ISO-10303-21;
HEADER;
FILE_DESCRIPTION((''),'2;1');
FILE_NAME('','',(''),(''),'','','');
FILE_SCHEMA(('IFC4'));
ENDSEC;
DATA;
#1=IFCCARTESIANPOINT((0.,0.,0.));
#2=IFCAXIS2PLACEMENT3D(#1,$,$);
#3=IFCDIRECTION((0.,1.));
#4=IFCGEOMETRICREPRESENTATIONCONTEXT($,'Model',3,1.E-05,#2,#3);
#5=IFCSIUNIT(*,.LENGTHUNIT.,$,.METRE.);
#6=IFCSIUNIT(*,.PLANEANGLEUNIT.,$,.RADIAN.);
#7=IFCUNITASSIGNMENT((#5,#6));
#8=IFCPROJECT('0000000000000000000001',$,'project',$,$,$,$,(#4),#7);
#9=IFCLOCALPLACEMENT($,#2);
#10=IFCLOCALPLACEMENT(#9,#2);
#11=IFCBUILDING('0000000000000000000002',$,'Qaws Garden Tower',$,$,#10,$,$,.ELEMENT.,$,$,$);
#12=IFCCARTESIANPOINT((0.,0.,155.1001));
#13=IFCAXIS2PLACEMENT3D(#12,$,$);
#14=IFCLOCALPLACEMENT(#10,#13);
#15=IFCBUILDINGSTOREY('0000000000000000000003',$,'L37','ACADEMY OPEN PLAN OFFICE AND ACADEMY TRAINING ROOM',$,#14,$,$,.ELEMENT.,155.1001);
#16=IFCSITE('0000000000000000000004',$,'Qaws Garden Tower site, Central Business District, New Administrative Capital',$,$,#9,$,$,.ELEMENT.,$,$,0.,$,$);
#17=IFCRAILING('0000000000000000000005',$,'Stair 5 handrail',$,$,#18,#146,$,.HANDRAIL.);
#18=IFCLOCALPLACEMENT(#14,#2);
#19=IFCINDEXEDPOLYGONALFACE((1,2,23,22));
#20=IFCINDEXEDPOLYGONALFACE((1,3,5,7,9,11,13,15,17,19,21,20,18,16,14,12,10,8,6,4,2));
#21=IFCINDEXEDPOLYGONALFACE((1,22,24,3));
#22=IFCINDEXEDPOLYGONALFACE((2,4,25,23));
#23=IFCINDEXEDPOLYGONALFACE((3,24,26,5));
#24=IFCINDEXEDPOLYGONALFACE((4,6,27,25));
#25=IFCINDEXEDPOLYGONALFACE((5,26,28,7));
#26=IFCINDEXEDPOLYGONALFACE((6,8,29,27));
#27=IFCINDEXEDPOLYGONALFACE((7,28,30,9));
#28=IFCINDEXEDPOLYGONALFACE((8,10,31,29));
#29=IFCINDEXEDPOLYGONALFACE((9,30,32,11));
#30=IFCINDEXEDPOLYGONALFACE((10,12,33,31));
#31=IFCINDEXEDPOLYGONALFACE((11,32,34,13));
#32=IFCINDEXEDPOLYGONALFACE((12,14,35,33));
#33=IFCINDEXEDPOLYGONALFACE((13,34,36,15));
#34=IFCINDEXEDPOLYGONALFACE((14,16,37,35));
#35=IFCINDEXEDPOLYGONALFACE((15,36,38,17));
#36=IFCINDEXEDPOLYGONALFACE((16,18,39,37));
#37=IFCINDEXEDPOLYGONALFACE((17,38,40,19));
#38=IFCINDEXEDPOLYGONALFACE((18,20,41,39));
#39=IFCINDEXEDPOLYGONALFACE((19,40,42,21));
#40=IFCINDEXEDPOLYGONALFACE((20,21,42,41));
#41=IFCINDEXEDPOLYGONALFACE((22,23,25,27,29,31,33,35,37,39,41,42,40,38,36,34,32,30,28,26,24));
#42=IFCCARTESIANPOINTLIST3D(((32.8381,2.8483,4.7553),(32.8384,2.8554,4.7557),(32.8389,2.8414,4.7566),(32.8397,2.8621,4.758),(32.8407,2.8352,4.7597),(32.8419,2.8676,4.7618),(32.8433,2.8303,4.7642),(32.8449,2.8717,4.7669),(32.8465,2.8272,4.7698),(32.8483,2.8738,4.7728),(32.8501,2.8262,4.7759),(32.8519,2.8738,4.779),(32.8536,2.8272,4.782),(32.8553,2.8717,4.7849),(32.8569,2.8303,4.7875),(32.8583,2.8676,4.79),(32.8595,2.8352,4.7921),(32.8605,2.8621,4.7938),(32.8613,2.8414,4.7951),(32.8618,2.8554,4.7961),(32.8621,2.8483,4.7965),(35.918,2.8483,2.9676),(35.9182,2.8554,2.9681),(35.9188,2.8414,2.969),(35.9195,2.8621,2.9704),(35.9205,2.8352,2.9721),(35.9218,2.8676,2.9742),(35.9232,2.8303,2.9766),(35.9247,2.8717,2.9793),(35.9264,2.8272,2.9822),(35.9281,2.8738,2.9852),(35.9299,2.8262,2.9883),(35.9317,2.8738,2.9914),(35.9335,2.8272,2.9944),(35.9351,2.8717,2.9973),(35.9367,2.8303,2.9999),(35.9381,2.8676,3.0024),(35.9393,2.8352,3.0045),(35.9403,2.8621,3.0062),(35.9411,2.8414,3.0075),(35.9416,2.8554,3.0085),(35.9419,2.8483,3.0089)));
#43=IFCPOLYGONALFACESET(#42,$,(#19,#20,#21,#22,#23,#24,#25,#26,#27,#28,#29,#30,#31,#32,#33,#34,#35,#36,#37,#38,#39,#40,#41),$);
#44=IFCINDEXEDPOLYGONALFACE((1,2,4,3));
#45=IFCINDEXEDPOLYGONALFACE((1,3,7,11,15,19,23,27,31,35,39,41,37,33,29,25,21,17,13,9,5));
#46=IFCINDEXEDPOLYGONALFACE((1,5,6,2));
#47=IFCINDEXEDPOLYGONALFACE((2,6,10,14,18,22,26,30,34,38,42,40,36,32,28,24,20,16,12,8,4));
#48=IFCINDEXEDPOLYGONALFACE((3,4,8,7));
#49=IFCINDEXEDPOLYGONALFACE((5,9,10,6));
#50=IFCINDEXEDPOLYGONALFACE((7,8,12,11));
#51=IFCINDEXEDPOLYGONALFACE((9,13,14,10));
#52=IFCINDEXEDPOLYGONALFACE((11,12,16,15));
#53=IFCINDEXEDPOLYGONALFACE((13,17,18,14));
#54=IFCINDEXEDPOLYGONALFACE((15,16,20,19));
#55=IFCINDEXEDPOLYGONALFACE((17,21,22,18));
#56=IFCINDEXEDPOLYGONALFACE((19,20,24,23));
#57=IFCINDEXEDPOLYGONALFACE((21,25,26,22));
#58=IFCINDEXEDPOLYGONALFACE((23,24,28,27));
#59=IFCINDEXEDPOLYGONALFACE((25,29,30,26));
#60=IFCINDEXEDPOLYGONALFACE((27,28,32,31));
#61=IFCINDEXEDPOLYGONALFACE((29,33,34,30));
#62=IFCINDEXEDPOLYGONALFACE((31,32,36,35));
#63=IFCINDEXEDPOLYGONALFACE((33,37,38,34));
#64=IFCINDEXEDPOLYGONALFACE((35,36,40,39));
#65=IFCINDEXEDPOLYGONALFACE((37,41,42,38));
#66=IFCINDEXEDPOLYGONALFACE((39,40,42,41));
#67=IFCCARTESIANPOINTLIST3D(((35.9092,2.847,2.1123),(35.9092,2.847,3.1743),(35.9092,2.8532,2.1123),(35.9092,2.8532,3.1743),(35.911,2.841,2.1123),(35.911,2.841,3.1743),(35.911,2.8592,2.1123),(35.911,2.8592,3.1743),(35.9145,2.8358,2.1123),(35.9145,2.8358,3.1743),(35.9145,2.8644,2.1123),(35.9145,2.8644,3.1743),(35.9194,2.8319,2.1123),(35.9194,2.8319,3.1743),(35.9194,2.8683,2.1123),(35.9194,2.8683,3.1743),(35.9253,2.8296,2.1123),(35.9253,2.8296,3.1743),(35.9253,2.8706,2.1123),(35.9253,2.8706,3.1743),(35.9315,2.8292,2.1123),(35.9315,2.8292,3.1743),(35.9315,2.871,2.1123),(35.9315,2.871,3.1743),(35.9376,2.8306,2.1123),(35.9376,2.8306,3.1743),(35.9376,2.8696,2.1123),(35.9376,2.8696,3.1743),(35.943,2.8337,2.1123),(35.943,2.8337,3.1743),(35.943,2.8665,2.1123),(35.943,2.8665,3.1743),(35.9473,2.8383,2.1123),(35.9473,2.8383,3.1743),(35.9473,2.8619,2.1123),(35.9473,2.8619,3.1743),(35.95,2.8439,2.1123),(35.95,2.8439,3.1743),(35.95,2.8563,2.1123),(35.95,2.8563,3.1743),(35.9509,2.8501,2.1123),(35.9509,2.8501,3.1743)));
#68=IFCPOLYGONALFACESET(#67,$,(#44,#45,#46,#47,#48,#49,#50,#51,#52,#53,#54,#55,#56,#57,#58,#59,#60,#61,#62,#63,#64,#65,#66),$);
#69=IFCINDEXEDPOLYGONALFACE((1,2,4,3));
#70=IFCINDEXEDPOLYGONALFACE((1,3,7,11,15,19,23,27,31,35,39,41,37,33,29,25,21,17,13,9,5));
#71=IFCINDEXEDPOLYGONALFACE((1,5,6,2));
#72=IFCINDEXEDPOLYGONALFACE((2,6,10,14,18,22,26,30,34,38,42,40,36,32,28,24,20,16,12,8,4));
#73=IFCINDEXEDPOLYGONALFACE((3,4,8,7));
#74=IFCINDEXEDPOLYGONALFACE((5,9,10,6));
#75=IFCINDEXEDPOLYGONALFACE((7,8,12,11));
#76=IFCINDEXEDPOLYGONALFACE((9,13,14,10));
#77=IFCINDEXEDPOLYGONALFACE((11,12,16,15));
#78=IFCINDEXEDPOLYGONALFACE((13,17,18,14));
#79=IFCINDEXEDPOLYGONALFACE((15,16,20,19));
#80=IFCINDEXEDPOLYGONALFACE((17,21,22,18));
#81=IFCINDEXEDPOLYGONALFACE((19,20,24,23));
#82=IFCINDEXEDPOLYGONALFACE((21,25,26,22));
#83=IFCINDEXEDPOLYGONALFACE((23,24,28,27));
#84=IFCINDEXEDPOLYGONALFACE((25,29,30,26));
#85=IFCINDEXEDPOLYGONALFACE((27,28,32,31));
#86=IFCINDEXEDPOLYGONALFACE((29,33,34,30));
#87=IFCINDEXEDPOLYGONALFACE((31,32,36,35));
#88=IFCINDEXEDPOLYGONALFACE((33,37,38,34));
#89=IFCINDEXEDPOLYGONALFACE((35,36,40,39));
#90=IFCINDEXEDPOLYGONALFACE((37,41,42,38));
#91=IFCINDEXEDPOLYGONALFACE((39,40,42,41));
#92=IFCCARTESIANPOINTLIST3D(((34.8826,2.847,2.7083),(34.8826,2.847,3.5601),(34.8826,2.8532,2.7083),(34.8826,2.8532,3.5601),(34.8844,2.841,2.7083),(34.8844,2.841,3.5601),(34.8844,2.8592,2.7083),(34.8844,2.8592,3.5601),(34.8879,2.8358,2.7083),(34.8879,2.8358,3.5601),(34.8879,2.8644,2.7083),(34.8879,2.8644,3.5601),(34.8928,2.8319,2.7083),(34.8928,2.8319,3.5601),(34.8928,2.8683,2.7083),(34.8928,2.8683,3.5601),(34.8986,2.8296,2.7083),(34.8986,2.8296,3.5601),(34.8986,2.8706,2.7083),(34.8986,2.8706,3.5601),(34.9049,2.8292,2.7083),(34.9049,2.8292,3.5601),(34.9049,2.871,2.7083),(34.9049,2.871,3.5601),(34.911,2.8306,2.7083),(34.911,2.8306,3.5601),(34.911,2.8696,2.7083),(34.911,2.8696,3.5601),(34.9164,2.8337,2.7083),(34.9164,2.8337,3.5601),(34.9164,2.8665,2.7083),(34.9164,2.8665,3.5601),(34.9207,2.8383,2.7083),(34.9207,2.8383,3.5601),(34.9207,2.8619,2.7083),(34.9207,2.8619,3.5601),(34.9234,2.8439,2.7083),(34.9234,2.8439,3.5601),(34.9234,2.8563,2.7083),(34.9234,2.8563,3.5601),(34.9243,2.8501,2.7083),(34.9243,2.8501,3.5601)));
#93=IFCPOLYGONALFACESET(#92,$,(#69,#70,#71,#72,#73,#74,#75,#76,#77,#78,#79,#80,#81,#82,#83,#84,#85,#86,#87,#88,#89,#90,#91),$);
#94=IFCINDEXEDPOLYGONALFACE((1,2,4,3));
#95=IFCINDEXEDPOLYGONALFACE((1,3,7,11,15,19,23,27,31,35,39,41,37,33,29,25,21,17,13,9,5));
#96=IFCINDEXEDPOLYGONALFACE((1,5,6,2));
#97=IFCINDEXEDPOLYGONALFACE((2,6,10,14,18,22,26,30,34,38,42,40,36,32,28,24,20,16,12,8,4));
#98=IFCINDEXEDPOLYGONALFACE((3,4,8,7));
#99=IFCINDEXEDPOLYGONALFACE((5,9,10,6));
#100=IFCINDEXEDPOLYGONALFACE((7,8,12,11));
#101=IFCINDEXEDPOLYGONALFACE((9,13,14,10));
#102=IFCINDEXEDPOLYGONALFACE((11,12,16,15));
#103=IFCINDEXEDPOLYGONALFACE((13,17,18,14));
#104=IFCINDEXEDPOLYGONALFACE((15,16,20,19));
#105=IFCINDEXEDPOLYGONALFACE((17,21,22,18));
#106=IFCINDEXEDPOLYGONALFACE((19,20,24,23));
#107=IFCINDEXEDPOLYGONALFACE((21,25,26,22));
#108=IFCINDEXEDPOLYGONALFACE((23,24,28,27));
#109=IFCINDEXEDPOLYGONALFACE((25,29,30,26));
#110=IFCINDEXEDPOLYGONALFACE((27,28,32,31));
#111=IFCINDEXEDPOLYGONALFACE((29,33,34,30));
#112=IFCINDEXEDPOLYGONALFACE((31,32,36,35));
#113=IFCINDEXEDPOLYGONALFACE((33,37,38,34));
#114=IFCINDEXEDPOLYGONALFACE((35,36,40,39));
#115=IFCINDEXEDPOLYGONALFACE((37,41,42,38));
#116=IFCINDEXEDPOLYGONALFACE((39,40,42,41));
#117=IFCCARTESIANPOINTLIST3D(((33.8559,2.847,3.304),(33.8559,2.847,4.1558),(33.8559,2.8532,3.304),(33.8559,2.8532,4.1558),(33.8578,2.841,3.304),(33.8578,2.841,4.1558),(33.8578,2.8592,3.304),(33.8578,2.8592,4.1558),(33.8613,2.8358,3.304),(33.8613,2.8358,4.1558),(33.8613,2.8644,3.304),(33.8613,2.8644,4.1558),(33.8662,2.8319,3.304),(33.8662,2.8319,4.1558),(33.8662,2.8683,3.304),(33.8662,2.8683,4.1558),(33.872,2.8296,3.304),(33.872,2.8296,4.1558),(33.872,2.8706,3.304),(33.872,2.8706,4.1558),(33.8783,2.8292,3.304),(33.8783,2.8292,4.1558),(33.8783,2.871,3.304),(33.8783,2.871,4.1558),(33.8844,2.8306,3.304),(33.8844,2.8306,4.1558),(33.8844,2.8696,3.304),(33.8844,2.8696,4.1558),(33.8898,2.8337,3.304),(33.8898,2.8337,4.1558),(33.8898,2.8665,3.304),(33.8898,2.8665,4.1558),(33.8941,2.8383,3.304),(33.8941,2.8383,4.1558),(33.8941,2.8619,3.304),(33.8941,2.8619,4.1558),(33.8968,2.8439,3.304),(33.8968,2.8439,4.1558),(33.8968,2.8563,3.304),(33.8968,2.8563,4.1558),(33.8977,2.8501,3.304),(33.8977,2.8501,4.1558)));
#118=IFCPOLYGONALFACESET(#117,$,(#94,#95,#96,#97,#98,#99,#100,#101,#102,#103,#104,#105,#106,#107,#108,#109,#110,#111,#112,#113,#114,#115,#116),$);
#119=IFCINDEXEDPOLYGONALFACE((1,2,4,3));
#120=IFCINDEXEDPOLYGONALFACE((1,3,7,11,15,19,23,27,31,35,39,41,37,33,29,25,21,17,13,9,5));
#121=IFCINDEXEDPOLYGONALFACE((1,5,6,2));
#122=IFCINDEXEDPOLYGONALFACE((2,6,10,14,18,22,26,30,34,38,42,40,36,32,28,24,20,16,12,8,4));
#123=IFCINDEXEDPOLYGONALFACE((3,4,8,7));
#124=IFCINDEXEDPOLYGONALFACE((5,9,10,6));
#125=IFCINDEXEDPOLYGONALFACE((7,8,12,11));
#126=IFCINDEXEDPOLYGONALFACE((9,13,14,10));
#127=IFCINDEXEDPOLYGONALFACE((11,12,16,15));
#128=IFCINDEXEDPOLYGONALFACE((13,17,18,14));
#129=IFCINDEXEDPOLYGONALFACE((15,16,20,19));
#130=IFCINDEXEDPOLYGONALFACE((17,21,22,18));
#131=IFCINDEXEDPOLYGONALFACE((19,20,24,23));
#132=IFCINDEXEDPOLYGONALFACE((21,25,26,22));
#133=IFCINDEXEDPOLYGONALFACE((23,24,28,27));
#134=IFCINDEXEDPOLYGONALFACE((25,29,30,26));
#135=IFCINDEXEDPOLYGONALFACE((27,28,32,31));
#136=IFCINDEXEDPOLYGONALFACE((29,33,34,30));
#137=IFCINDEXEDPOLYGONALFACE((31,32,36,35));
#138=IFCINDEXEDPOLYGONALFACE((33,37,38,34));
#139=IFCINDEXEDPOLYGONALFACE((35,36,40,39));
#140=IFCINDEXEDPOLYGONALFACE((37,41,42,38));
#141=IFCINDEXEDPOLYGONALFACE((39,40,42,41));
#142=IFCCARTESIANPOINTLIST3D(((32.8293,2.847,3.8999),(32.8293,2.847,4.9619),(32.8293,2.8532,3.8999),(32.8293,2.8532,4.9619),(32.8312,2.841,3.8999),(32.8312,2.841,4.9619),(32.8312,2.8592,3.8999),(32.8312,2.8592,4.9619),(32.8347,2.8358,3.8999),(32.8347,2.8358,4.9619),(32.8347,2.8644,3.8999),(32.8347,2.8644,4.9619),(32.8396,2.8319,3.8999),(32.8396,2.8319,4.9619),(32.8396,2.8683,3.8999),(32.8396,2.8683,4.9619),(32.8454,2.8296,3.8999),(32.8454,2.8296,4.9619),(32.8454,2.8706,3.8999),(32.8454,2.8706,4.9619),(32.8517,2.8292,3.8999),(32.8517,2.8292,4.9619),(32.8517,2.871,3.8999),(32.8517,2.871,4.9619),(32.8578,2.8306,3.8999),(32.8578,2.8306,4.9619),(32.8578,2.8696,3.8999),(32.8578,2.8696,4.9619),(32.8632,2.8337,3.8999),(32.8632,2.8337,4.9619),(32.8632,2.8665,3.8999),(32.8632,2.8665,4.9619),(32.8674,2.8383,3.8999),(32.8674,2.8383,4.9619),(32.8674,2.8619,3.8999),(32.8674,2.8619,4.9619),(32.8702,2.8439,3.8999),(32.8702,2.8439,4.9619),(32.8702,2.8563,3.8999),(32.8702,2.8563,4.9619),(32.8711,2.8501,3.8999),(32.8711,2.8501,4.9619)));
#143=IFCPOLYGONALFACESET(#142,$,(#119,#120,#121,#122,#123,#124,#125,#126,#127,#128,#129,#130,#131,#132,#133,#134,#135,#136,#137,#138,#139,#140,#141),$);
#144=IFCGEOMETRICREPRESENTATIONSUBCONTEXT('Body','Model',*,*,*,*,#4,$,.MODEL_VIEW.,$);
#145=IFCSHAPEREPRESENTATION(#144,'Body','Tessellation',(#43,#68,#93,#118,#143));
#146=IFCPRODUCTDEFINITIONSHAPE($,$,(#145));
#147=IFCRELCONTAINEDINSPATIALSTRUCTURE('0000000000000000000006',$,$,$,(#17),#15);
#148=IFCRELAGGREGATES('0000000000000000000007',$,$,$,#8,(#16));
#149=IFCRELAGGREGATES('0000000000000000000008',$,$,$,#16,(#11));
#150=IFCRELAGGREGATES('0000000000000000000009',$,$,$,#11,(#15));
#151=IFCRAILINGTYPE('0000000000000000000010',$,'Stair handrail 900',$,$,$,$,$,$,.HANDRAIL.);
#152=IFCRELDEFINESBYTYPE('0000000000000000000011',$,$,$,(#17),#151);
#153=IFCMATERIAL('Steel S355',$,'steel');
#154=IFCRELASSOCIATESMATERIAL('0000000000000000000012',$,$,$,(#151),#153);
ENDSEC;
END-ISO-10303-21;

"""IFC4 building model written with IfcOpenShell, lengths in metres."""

from ifc_helpers import new_model, si_unit, direction, frame, origin, origin_2d, place, context, subcontext, project, spatial, circle, extrude, material, type_object, element, save


model = new_model("IFC4")

# Units and contexts
model_context = context("Model", 3, precision=1e-05, world=origin(), true_north=direction((0.0, 1.0)))
body_context = subcontext(model_context, "Body", "Model", "MODEL_VIEW")
ifc_project = project(units=[si_unit("LENGTHUNIT", "METRE"), si_unit("PLANEANGLEUNIT", "RADIAN")], contexts=[model_context])

# Site, building, storey
site_placement = place(None, origin())
site = spatial("IfcSite", under=ifc_project, at=site_placement, Name="Qaws Garden Tower site, Central Business District, New Administrative Capital", CompositionType="ELEMENT", RefElevation=0.0)
building_placement = place(site_placement, origin())
building = spatial("IfcBuilding", under=site, at=building_placement, Name="Qaws Garden Tower", CompositionType="ELEMENT")
storey_placement = place(building_placement, frame((0.0, 0.0, 155.1001)))
storey = spatial("IfcBuildingStorey", under=building, at=storey_placement, Name="L37", Description="ACADEMY OPEN PLAN OFFICE AND ACADEMY TRAINING ROOM", CompositionType="ELEMENT", Elevation=155.1001)

# Railing
ifc_material_1 = material(Name="Steel S355", Category="steel")
railing_type = type_object("IfcRailingType", Name="Stair handrail 900", PredefinedType="HANDRAIL", material=ifc_material_1)
railing_1_placement = place(storey_placement, frame((35.9299, 2.8501, 2.1123)))
element("IfcRailing", 1, at=railing_1_placement, inside=storey, type_object=railing_type, Name="Stair 5 handrail", PredefinedType="HANDRAIL", context=body_context, shape_type="SweptSolid", body=[
    extrude(circle(Radius=0.0239, at=origin_2d()), frame((0.0, 0.0, 0.876), z_axis=(-0.864873, 0.0, 0.50199), x_axis=(0.0, -1.0, 0.0)), (0.0, 0.0, 1.0), 3.561),
    extrude(circle(Radius=0.021, at=origin_2d()), origin(), (0.0, 0.0, 1.0), 1.062),
    extrude(circle(Radius=0.021, at=origin_2d()), frame((-1.0266, 0.0, 0.5959)), (0.0, 0.0, 1.0), 0.8518),
    extrude(circle(Radius=0.021, at=origin_2d()), frame((-2.0532, 0.0, 1.1917)), (0.0, 0.0, 1.0), 0.8518),
    extrude(circle(Radius=0.021, at=origin_2d()), frame((-3.0798, 0.0, 1.7876)), (0.0, 0.0, 1.0), 1.062),
])

save(model, "model.ifc")
